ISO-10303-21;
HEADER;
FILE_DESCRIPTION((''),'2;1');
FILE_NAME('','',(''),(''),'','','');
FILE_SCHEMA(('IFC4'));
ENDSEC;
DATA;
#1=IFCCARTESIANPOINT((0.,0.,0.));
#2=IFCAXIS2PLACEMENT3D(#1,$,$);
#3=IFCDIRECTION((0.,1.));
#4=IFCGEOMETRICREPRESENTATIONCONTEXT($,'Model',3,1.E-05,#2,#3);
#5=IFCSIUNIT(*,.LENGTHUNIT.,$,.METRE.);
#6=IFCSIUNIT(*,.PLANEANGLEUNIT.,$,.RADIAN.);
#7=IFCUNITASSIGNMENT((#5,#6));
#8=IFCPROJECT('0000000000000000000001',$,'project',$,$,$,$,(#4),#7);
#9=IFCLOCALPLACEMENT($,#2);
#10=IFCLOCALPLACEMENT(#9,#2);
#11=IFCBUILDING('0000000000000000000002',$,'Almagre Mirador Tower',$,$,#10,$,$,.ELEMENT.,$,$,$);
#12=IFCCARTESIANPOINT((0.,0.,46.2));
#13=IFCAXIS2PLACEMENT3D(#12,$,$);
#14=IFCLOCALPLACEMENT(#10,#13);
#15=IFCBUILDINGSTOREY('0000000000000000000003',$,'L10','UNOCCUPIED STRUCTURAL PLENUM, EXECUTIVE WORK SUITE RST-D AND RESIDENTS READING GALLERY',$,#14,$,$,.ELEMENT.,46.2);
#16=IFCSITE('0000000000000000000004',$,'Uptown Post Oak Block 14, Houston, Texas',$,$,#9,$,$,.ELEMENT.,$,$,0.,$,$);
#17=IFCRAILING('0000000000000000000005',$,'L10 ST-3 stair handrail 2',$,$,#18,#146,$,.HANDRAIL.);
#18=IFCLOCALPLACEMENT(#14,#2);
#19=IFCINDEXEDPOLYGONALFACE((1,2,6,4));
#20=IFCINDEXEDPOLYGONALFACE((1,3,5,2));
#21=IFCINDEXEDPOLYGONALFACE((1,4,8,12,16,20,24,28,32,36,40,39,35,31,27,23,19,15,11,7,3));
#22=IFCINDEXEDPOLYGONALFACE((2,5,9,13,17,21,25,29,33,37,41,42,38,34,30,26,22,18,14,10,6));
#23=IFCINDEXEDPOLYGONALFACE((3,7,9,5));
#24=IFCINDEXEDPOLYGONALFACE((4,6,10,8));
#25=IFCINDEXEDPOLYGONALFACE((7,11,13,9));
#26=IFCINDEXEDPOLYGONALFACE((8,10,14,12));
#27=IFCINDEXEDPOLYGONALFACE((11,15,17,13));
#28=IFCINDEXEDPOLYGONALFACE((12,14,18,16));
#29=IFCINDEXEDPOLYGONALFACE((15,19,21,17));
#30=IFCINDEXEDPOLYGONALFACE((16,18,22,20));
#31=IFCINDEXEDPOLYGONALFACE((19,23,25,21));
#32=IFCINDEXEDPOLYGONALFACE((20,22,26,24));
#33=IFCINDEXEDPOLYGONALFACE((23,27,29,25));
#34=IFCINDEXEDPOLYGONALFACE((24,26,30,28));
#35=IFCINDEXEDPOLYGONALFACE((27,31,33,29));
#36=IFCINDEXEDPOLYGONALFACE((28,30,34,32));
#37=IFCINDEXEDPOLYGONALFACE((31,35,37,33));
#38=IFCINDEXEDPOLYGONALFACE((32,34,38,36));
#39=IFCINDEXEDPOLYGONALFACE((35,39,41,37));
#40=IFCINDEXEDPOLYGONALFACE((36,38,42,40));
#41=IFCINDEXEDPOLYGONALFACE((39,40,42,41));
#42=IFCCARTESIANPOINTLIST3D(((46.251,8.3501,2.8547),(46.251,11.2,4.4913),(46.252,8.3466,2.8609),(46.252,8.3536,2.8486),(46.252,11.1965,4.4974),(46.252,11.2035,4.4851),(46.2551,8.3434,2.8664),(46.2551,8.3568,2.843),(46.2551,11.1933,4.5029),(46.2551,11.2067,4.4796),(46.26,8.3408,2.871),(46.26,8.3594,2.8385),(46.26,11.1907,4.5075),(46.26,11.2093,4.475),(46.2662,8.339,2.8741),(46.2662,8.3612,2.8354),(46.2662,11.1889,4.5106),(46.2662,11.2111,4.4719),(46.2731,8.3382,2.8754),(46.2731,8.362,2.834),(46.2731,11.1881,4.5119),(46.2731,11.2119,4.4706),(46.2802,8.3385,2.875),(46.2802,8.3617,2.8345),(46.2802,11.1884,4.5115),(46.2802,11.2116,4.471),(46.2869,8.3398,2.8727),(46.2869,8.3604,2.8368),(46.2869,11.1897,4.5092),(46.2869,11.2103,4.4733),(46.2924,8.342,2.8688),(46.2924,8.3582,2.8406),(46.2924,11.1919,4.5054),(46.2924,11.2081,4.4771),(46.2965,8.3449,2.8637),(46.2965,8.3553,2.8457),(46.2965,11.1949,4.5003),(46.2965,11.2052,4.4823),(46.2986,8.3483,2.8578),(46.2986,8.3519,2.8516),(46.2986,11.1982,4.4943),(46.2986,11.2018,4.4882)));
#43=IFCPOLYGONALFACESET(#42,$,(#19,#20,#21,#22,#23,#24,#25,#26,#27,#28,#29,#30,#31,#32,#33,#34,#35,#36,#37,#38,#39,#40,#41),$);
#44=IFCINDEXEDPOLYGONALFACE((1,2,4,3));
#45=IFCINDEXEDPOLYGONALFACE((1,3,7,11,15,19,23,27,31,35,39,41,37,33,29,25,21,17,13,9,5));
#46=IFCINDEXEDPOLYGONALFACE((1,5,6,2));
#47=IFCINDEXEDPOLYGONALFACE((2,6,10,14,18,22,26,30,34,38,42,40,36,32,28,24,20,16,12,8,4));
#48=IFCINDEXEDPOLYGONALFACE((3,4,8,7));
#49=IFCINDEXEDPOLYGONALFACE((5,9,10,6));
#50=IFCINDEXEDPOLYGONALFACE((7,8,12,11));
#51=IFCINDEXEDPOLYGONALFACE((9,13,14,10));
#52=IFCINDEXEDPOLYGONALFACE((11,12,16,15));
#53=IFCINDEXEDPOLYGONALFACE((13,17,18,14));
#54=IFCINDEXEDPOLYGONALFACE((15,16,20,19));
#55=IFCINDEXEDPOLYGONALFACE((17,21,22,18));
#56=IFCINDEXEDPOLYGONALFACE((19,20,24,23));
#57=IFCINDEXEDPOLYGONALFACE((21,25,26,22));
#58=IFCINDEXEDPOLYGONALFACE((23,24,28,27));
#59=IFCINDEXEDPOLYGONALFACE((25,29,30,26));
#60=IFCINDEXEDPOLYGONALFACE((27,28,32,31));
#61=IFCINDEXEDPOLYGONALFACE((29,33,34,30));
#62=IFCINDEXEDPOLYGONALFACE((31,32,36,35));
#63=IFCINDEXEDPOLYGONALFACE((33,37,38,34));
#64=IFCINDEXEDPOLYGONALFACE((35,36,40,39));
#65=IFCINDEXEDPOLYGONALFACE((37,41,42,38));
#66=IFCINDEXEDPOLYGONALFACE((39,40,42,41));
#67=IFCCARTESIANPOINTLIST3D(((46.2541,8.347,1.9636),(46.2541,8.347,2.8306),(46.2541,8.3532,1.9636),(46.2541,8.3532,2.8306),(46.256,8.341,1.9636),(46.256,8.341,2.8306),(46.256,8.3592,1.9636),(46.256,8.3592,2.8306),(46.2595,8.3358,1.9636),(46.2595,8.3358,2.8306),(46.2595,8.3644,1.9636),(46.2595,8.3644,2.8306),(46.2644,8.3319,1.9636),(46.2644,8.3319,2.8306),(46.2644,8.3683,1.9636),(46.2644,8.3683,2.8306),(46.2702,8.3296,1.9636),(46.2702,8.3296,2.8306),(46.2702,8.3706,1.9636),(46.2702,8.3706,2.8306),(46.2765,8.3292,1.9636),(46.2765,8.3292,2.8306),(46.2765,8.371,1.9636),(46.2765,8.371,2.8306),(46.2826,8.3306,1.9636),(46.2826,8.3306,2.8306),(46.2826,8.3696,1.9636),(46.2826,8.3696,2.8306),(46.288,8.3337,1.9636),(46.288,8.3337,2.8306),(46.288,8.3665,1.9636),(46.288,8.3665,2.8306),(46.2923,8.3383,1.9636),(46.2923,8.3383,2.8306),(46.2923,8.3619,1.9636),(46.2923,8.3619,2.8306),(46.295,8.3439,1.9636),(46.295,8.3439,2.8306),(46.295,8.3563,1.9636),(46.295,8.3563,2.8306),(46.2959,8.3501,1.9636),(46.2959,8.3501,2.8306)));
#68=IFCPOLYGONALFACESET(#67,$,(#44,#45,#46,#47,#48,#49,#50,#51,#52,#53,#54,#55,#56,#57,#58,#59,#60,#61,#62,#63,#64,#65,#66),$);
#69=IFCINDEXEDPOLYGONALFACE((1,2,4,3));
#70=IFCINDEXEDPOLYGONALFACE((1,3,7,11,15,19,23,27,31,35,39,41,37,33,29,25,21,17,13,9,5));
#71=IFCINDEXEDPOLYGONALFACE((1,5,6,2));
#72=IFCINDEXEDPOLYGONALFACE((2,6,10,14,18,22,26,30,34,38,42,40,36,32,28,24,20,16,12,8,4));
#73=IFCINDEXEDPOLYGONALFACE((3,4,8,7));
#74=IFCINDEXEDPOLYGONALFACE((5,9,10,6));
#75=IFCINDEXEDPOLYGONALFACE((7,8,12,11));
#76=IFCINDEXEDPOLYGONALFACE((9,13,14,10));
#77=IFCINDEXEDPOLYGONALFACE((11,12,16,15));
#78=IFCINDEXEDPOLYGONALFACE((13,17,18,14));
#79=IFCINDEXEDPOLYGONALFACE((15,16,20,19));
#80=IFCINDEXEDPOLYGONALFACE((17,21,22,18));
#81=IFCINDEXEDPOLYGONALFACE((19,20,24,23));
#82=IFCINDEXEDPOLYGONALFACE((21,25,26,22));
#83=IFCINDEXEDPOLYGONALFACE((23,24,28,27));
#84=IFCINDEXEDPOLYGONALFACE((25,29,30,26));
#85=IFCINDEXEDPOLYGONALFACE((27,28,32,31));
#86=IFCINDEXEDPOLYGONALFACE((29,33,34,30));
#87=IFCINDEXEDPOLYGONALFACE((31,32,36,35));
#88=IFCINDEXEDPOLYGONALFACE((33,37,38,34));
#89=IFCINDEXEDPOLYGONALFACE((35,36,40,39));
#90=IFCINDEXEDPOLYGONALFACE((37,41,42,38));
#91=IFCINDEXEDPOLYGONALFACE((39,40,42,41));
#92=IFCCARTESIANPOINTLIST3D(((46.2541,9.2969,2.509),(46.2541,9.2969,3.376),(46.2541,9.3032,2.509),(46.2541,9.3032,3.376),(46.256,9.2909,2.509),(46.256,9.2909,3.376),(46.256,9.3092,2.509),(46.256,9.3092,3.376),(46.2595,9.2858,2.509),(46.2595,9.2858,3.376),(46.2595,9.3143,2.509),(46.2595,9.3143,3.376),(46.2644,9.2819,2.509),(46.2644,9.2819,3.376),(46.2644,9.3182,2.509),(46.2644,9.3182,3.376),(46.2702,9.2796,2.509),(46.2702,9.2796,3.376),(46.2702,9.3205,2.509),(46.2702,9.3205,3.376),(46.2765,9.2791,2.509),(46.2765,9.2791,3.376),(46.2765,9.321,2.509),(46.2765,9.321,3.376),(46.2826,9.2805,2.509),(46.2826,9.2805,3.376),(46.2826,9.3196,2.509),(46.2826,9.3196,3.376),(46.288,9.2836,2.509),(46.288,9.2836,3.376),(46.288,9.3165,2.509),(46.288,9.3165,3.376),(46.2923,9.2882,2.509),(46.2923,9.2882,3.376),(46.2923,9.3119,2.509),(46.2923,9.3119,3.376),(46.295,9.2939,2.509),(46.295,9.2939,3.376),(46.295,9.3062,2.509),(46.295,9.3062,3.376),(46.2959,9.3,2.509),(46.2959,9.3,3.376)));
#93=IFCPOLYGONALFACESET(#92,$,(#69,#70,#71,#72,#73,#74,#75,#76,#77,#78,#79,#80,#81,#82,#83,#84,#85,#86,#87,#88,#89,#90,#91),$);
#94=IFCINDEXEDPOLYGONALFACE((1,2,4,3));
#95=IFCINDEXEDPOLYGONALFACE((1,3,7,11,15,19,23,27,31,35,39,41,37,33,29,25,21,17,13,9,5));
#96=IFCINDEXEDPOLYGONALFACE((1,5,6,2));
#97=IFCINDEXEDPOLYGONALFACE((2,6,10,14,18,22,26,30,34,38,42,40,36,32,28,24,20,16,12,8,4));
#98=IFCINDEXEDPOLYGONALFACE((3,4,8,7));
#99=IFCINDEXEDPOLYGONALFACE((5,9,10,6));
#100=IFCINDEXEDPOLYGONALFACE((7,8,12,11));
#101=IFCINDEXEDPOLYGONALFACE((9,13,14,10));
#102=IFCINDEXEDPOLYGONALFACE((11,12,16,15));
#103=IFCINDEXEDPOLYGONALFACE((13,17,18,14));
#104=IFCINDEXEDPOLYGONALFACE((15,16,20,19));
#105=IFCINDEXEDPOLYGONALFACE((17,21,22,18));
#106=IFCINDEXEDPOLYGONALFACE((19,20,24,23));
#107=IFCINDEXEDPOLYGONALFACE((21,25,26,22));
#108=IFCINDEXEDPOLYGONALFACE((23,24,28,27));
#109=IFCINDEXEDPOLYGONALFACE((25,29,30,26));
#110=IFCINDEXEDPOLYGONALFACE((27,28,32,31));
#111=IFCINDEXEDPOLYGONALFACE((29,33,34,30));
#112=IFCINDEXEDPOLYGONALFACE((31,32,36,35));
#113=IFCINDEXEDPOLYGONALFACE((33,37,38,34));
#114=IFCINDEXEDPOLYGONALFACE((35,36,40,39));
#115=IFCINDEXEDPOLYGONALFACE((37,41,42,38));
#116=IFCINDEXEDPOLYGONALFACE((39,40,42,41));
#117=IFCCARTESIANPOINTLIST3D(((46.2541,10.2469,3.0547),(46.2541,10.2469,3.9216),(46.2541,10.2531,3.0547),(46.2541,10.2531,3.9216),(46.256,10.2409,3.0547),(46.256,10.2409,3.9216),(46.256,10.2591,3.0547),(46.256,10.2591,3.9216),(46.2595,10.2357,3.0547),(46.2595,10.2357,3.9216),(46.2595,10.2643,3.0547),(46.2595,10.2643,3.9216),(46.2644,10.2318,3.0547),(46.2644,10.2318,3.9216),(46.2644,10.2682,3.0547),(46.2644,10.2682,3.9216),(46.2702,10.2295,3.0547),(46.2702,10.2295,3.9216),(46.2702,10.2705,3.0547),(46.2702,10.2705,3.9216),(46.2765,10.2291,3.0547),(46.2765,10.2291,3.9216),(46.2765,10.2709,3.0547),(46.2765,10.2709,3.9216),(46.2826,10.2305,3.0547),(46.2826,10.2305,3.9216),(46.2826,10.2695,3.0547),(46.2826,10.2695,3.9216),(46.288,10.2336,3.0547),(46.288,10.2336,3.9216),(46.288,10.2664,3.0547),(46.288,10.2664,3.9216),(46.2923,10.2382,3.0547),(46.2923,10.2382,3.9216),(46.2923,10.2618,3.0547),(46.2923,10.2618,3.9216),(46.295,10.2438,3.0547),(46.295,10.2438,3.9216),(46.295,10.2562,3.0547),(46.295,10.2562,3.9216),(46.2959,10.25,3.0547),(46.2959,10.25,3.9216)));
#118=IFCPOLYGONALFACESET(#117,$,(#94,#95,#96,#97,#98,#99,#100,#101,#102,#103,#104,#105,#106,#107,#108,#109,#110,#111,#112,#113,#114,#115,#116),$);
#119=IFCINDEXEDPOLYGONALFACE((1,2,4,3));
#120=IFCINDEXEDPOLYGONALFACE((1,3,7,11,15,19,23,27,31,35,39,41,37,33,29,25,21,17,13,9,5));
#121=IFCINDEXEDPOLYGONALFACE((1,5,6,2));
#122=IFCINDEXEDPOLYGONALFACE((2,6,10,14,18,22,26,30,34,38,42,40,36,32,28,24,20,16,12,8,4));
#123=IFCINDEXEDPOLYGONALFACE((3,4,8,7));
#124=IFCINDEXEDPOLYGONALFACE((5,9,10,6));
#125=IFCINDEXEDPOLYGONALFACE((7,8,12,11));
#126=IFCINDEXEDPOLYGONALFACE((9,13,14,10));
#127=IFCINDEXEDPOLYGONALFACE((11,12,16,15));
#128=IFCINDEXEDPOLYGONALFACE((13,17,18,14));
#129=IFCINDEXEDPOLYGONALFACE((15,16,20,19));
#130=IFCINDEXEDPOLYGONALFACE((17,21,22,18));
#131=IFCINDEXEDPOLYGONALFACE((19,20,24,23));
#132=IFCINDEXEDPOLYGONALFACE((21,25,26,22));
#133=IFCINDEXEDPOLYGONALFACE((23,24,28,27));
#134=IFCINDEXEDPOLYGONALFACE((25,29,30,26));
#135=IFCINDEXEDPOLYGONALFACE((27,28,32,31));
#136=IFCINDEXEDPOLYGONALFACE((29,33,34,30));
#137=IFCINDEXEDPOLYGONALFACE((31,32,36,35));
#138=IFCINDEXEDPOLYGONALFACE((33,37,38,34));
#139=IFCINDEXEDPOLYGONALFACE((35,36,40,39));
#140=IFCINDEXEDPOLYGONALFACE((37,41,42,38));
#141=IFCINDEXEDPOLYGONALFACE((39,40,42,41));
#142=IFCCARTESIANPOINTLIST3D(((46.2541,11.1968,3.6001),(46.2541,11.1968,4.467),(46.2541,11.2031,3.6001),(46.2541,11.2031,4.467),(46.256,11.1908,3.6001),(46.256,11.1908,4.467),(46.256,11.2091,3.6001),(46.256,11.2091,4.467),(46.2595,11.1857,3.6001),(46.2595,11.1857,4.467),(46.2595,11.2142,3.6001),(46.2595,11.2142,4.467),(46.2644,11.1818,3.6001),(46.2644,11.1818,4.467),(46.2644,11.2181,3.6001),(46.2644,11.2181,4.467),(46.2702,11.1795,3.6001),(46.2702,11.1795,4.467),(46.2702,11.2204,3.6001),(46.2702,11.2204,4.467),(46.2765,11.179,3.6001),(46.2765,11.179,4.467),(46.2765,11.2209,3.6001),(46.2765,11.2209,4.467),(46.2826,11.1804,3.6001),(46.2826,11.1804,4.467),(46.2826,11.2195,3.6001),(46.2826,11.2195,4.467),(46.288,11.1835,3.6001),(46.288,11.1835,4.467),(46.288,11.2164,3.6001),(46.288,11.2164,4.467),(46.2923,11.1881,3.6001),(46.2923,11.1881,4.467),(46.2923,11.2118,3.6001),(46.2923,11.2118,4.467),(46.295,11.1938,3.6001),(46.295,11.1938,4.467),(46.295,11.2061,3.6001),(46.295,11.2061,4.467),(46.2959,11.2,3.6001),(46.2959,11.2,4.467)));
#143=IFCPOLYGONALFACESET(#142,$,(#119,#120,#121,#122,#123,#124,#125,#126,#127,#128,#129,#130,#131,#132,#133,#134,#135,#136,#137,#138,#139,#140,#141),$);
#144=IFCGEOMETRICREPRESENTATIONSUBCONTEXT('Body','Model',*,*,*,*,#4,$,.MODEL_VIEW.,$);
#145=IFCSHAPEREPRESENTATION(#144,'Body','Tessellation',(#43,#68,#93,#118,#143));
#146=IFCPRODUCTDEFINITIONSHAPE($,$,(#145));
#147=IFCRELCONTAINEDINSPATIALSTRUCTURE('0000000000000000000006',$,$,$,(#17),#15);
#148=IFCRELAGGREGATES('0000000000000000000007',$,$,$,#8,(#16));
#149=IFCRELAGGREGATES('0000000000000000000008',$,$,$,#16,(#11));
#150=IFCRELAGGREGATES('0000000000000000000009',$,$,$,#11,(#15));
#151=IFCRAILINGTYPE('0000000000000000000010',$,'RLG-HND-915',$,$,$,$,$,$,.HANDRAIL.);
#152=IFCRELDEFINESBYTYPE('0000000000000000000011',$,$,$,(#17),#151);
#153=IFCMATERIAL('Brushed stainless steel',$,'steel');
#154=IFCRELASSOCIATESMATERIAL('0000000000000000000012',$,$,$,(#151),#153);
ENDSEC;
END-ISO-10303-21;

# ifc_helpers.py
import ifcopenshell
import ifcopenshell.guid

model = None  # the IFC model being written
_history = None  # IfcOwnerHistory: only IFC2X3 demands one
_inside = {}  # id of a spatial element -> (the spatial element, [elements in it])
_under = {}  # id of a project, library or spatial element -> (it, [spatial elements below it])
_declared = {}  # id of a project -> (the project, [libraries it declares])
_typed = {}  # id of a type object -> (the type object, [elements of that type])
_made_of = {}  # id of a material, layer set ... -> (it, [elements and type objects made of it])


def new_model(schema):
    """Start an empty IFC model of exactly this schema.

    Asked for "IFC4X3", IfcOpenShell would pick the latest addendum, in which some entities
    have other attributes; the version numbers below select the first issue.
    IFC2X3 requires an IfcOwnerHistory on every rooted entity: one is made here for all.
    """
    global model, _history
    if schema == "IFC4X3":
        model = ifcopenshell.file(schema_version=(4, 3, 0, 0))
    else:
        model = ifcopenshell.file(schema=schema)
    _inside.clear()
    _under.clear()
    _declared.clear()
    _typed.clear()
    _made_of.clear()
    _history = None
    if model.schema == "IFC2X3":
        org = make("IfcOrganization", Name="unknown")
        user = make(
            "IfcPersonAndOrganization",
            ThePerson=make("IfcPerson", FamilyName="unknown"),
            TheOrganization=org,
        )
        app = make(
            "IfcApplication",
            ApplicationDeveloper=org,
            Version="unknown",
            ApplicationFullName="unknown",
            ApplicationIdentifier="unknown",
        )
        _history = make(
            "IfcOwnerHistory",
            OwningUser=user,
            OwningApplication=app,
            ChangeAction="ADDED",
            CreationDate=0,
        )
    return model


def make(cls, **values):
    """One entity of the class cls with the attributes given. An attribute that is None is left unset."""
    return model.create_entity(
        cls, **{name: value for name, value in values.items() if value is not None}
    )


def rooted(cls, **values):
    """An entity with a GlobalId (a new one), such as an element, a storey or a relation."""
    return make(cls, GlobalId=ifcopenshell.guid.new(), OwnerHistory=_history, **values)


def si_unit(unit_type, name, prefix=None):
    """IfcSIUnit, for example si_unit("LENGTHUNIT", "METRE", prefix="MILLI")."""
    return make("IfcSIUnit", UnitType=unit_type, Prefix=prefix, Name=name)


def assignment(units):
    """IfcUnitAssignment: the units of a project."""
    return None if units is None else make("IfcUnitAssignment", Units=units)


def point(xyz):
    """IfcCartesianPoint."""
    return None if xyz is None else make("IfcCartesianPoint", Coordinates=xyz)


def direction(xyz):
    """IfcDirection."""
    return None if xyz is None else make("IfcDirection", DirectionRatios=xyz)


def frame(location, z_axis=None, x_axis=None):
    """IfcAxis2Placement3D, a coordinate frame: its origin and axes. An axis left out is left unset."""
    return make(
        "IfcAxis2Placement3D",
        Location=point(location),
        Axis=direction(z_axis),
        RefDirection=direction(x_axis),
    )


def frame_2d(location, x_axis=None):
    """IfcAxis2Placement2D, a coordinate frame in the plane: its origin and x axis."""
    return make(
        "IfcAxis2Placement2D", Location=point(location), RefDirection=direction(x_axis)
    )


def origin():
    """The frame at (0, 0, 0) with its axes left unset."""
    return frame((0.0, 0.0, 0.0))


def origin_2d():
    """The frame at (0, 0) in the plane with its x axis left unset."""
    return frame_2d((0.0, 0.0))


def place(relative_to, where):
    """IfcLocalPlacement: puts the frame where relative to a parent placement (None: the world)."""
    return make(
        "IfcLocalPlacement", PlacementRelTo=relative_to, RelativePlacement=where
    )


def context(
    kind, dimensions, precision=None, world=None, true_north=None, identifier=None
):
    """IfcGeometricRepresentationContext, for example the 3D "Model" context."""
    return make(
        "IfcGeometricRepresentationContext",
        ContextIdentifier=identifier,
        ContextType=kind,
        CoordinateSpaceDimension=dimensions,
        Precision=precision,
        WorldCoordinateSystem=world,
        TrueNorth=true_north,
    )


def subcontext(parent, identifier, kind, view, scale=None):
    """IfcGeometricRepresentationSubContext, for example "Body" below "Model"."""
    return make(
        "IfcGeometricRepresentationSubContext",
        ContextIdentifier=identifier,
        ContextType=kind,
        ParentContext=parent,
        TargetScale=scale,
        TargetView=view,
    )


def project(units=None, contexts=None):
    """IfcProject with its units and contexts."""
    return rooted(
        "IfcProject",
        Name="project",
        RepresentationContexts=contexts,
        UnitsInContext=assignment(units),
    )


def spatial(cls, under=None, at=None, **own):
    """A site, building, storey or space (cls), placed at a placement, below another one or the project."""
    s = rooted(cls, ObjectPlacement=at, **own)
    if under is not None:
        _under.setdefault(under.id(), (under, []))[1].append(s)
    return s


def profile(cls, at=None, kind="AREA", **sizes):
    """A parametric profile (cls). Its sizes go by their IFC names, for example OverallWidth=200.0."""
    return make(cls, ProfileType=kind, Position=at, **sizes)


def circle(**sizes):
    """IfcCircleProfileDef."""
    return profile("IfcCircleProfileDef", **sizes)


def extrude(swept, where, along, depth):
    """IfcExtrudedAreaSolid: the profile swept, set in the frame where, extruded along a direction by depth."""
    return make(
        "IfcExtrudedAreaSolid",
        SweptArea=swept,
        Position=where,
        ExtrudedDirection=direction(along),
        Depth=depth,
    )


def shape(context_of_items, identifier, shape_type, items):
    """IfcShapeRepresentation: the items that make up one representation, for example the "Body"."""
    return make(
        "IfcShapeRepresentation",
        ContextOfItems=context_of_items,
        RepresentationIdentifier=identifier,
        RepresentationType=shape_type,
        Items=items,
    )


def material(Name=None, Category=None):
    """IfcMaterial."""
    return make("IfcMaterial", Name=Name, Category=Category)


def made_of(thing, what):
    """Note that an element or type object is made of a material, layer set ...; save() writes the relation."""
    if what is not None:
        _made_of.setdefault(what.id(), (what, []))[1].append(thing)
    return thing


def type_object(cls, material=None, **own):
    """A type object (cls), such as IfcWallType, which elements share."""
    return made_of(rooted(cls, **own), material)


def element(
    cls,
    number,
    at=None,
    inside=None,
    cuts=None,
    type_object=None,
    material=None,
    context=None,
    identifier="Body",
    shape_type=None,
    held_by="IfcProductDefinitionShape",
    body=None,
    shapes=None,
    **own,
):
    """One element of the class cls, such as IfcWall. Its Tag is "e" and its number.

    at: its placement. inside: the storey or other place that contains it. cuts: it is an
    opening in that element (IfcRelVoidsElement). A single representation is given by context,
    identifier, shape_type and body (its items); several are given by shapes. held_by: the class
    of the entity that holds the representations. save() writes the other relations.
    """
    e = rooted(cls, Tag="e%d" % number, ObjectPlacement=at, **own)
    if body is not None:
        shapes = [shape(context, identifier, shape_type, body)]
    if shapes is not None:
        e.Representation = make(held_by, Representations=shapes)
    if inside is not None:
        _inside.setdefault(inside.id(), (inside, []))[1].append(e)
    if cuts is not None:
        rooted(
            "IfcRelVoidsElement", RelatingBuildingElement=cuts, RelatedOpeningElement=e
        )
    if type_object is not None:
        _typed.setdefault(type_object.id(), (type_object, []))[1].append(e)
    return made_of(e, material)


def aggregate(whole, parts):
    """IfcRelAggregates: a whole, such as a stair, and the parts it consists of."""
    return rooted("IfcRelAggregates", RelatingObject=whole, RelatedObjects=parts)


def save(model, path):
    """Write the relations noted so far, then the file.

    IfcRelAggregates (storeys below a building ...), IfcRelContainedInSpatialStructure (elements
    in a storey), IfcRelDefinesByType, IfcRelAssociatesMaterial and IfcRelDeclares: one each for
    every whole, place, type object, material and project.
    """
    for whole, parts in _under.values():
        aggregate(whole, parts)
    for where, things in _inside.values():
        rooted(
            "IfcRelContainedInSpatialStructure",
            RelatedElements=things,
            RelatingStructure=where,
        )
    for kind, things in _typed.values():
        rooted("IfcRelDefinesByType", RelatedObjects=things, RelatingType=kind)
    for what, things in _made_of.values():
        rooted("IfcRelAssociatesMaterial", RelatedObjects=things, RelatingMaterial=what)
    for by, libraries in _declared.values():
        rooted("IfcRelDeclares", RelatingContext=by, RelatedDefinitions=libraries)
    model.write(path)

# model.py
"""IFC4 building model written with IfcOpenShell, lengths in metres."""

from ifc_helpers import new_model, si_unit, direction, frame, origin, origin_2d, place, context, subcontext, project, spatial, circle, extrude, material, type_object, element, save


model = new_model("IFC4")

# Units and contexts
model_context = context("Model", 3, precision=1e-05, world=origin(), true_north=direction((0.0, 1.0)))
body_context = subcontext(model_context, "Body", "Model", "MODEL_VIEW")
ifc_project = project(units=[si_unit("LENGTHUNIT", "METRE"), si_unit("PLANEANGLEUNIT", "RADIAN")], contexts=[model_context])

# Site, building, storey
site_placement = place(None, origin())
site = spatial("IfcSite", under=ifc_project, at=site_placement, Name="Uptown Post Oak Block 14, Houston, Texas", CompositionType="ELEMENT", RefElevation=0.0)
building_placement = place(site_placement, origin())
building = spatial("IfcBuilding", under=site, at=building_placement, Name="Almagre Mirador Tower", CompositionType="ELEMENT")
storey_placement = place(building_placement, frame((0.0, 0.0, 46.2)))
storey = spatial("IfcBuildingStorey", under=building, at=storey_placement, Name="L10", Description="UNOCCUPIED STRUCTURAL PLENUM, EXECUTIVE WORK SUITE RST-D AND RESIDENTS READING GALLERY", CompositionType="ELEMENT", Elevation=46.2)

# Railing
ifc_material_1 = material(Name="Brushed stainless steel", Category="steel")
railing_type_1 = type_object("IfcRailingType", Name="RLG-HND-915", PredefinedType="HANDRAIL", material=ifc_material_1)
railing_1_placement = place(storey_placement, frame((46.2749, 8.3501, 1.9636)))
element("IfcRailing", 1, at=railing_1_placement, inside=storey, type_object=railing_type_1, Name="L10 ST-3 stair handrail 2", PredefinedType="HANDRAIL", context=body_context, shape_type="SweptSolid", body=[
    extrude(circle(Radius=0.0239, at=origin_2d()), frame((0.0, 0.0, 0.8911), z_axis=(0.0, 0.867194, 0.49797), x_axis=(-1.0, 0.0, 0.0)), (0.0, 0.0, 1.0), 3.2864),
    extrude(circle(Radius=0.021, at=origin_2d()), origin(), (0.0, 0.0, 1.0), 0.8669),
    extrude(circle(Radius=0.021, at=origin_2d()), frame((0.0, 0.95, 0.5454)), (0.0, 0.0, 1.0), 0.8669),
    extrude(circle(Radius=0.021, at=origin_2d()), frame((0.0, 1.8999, 1.0911)), (0.0, 0.0, 1.0), 0.8669),
    extrude(circle(Radius=0.021, at=origin_2d()), frame((0.0, 2.8499, 1.6365)), (0.0, 0.0, 1.0), 0.8669),
])

save(model, "model.ifc")
